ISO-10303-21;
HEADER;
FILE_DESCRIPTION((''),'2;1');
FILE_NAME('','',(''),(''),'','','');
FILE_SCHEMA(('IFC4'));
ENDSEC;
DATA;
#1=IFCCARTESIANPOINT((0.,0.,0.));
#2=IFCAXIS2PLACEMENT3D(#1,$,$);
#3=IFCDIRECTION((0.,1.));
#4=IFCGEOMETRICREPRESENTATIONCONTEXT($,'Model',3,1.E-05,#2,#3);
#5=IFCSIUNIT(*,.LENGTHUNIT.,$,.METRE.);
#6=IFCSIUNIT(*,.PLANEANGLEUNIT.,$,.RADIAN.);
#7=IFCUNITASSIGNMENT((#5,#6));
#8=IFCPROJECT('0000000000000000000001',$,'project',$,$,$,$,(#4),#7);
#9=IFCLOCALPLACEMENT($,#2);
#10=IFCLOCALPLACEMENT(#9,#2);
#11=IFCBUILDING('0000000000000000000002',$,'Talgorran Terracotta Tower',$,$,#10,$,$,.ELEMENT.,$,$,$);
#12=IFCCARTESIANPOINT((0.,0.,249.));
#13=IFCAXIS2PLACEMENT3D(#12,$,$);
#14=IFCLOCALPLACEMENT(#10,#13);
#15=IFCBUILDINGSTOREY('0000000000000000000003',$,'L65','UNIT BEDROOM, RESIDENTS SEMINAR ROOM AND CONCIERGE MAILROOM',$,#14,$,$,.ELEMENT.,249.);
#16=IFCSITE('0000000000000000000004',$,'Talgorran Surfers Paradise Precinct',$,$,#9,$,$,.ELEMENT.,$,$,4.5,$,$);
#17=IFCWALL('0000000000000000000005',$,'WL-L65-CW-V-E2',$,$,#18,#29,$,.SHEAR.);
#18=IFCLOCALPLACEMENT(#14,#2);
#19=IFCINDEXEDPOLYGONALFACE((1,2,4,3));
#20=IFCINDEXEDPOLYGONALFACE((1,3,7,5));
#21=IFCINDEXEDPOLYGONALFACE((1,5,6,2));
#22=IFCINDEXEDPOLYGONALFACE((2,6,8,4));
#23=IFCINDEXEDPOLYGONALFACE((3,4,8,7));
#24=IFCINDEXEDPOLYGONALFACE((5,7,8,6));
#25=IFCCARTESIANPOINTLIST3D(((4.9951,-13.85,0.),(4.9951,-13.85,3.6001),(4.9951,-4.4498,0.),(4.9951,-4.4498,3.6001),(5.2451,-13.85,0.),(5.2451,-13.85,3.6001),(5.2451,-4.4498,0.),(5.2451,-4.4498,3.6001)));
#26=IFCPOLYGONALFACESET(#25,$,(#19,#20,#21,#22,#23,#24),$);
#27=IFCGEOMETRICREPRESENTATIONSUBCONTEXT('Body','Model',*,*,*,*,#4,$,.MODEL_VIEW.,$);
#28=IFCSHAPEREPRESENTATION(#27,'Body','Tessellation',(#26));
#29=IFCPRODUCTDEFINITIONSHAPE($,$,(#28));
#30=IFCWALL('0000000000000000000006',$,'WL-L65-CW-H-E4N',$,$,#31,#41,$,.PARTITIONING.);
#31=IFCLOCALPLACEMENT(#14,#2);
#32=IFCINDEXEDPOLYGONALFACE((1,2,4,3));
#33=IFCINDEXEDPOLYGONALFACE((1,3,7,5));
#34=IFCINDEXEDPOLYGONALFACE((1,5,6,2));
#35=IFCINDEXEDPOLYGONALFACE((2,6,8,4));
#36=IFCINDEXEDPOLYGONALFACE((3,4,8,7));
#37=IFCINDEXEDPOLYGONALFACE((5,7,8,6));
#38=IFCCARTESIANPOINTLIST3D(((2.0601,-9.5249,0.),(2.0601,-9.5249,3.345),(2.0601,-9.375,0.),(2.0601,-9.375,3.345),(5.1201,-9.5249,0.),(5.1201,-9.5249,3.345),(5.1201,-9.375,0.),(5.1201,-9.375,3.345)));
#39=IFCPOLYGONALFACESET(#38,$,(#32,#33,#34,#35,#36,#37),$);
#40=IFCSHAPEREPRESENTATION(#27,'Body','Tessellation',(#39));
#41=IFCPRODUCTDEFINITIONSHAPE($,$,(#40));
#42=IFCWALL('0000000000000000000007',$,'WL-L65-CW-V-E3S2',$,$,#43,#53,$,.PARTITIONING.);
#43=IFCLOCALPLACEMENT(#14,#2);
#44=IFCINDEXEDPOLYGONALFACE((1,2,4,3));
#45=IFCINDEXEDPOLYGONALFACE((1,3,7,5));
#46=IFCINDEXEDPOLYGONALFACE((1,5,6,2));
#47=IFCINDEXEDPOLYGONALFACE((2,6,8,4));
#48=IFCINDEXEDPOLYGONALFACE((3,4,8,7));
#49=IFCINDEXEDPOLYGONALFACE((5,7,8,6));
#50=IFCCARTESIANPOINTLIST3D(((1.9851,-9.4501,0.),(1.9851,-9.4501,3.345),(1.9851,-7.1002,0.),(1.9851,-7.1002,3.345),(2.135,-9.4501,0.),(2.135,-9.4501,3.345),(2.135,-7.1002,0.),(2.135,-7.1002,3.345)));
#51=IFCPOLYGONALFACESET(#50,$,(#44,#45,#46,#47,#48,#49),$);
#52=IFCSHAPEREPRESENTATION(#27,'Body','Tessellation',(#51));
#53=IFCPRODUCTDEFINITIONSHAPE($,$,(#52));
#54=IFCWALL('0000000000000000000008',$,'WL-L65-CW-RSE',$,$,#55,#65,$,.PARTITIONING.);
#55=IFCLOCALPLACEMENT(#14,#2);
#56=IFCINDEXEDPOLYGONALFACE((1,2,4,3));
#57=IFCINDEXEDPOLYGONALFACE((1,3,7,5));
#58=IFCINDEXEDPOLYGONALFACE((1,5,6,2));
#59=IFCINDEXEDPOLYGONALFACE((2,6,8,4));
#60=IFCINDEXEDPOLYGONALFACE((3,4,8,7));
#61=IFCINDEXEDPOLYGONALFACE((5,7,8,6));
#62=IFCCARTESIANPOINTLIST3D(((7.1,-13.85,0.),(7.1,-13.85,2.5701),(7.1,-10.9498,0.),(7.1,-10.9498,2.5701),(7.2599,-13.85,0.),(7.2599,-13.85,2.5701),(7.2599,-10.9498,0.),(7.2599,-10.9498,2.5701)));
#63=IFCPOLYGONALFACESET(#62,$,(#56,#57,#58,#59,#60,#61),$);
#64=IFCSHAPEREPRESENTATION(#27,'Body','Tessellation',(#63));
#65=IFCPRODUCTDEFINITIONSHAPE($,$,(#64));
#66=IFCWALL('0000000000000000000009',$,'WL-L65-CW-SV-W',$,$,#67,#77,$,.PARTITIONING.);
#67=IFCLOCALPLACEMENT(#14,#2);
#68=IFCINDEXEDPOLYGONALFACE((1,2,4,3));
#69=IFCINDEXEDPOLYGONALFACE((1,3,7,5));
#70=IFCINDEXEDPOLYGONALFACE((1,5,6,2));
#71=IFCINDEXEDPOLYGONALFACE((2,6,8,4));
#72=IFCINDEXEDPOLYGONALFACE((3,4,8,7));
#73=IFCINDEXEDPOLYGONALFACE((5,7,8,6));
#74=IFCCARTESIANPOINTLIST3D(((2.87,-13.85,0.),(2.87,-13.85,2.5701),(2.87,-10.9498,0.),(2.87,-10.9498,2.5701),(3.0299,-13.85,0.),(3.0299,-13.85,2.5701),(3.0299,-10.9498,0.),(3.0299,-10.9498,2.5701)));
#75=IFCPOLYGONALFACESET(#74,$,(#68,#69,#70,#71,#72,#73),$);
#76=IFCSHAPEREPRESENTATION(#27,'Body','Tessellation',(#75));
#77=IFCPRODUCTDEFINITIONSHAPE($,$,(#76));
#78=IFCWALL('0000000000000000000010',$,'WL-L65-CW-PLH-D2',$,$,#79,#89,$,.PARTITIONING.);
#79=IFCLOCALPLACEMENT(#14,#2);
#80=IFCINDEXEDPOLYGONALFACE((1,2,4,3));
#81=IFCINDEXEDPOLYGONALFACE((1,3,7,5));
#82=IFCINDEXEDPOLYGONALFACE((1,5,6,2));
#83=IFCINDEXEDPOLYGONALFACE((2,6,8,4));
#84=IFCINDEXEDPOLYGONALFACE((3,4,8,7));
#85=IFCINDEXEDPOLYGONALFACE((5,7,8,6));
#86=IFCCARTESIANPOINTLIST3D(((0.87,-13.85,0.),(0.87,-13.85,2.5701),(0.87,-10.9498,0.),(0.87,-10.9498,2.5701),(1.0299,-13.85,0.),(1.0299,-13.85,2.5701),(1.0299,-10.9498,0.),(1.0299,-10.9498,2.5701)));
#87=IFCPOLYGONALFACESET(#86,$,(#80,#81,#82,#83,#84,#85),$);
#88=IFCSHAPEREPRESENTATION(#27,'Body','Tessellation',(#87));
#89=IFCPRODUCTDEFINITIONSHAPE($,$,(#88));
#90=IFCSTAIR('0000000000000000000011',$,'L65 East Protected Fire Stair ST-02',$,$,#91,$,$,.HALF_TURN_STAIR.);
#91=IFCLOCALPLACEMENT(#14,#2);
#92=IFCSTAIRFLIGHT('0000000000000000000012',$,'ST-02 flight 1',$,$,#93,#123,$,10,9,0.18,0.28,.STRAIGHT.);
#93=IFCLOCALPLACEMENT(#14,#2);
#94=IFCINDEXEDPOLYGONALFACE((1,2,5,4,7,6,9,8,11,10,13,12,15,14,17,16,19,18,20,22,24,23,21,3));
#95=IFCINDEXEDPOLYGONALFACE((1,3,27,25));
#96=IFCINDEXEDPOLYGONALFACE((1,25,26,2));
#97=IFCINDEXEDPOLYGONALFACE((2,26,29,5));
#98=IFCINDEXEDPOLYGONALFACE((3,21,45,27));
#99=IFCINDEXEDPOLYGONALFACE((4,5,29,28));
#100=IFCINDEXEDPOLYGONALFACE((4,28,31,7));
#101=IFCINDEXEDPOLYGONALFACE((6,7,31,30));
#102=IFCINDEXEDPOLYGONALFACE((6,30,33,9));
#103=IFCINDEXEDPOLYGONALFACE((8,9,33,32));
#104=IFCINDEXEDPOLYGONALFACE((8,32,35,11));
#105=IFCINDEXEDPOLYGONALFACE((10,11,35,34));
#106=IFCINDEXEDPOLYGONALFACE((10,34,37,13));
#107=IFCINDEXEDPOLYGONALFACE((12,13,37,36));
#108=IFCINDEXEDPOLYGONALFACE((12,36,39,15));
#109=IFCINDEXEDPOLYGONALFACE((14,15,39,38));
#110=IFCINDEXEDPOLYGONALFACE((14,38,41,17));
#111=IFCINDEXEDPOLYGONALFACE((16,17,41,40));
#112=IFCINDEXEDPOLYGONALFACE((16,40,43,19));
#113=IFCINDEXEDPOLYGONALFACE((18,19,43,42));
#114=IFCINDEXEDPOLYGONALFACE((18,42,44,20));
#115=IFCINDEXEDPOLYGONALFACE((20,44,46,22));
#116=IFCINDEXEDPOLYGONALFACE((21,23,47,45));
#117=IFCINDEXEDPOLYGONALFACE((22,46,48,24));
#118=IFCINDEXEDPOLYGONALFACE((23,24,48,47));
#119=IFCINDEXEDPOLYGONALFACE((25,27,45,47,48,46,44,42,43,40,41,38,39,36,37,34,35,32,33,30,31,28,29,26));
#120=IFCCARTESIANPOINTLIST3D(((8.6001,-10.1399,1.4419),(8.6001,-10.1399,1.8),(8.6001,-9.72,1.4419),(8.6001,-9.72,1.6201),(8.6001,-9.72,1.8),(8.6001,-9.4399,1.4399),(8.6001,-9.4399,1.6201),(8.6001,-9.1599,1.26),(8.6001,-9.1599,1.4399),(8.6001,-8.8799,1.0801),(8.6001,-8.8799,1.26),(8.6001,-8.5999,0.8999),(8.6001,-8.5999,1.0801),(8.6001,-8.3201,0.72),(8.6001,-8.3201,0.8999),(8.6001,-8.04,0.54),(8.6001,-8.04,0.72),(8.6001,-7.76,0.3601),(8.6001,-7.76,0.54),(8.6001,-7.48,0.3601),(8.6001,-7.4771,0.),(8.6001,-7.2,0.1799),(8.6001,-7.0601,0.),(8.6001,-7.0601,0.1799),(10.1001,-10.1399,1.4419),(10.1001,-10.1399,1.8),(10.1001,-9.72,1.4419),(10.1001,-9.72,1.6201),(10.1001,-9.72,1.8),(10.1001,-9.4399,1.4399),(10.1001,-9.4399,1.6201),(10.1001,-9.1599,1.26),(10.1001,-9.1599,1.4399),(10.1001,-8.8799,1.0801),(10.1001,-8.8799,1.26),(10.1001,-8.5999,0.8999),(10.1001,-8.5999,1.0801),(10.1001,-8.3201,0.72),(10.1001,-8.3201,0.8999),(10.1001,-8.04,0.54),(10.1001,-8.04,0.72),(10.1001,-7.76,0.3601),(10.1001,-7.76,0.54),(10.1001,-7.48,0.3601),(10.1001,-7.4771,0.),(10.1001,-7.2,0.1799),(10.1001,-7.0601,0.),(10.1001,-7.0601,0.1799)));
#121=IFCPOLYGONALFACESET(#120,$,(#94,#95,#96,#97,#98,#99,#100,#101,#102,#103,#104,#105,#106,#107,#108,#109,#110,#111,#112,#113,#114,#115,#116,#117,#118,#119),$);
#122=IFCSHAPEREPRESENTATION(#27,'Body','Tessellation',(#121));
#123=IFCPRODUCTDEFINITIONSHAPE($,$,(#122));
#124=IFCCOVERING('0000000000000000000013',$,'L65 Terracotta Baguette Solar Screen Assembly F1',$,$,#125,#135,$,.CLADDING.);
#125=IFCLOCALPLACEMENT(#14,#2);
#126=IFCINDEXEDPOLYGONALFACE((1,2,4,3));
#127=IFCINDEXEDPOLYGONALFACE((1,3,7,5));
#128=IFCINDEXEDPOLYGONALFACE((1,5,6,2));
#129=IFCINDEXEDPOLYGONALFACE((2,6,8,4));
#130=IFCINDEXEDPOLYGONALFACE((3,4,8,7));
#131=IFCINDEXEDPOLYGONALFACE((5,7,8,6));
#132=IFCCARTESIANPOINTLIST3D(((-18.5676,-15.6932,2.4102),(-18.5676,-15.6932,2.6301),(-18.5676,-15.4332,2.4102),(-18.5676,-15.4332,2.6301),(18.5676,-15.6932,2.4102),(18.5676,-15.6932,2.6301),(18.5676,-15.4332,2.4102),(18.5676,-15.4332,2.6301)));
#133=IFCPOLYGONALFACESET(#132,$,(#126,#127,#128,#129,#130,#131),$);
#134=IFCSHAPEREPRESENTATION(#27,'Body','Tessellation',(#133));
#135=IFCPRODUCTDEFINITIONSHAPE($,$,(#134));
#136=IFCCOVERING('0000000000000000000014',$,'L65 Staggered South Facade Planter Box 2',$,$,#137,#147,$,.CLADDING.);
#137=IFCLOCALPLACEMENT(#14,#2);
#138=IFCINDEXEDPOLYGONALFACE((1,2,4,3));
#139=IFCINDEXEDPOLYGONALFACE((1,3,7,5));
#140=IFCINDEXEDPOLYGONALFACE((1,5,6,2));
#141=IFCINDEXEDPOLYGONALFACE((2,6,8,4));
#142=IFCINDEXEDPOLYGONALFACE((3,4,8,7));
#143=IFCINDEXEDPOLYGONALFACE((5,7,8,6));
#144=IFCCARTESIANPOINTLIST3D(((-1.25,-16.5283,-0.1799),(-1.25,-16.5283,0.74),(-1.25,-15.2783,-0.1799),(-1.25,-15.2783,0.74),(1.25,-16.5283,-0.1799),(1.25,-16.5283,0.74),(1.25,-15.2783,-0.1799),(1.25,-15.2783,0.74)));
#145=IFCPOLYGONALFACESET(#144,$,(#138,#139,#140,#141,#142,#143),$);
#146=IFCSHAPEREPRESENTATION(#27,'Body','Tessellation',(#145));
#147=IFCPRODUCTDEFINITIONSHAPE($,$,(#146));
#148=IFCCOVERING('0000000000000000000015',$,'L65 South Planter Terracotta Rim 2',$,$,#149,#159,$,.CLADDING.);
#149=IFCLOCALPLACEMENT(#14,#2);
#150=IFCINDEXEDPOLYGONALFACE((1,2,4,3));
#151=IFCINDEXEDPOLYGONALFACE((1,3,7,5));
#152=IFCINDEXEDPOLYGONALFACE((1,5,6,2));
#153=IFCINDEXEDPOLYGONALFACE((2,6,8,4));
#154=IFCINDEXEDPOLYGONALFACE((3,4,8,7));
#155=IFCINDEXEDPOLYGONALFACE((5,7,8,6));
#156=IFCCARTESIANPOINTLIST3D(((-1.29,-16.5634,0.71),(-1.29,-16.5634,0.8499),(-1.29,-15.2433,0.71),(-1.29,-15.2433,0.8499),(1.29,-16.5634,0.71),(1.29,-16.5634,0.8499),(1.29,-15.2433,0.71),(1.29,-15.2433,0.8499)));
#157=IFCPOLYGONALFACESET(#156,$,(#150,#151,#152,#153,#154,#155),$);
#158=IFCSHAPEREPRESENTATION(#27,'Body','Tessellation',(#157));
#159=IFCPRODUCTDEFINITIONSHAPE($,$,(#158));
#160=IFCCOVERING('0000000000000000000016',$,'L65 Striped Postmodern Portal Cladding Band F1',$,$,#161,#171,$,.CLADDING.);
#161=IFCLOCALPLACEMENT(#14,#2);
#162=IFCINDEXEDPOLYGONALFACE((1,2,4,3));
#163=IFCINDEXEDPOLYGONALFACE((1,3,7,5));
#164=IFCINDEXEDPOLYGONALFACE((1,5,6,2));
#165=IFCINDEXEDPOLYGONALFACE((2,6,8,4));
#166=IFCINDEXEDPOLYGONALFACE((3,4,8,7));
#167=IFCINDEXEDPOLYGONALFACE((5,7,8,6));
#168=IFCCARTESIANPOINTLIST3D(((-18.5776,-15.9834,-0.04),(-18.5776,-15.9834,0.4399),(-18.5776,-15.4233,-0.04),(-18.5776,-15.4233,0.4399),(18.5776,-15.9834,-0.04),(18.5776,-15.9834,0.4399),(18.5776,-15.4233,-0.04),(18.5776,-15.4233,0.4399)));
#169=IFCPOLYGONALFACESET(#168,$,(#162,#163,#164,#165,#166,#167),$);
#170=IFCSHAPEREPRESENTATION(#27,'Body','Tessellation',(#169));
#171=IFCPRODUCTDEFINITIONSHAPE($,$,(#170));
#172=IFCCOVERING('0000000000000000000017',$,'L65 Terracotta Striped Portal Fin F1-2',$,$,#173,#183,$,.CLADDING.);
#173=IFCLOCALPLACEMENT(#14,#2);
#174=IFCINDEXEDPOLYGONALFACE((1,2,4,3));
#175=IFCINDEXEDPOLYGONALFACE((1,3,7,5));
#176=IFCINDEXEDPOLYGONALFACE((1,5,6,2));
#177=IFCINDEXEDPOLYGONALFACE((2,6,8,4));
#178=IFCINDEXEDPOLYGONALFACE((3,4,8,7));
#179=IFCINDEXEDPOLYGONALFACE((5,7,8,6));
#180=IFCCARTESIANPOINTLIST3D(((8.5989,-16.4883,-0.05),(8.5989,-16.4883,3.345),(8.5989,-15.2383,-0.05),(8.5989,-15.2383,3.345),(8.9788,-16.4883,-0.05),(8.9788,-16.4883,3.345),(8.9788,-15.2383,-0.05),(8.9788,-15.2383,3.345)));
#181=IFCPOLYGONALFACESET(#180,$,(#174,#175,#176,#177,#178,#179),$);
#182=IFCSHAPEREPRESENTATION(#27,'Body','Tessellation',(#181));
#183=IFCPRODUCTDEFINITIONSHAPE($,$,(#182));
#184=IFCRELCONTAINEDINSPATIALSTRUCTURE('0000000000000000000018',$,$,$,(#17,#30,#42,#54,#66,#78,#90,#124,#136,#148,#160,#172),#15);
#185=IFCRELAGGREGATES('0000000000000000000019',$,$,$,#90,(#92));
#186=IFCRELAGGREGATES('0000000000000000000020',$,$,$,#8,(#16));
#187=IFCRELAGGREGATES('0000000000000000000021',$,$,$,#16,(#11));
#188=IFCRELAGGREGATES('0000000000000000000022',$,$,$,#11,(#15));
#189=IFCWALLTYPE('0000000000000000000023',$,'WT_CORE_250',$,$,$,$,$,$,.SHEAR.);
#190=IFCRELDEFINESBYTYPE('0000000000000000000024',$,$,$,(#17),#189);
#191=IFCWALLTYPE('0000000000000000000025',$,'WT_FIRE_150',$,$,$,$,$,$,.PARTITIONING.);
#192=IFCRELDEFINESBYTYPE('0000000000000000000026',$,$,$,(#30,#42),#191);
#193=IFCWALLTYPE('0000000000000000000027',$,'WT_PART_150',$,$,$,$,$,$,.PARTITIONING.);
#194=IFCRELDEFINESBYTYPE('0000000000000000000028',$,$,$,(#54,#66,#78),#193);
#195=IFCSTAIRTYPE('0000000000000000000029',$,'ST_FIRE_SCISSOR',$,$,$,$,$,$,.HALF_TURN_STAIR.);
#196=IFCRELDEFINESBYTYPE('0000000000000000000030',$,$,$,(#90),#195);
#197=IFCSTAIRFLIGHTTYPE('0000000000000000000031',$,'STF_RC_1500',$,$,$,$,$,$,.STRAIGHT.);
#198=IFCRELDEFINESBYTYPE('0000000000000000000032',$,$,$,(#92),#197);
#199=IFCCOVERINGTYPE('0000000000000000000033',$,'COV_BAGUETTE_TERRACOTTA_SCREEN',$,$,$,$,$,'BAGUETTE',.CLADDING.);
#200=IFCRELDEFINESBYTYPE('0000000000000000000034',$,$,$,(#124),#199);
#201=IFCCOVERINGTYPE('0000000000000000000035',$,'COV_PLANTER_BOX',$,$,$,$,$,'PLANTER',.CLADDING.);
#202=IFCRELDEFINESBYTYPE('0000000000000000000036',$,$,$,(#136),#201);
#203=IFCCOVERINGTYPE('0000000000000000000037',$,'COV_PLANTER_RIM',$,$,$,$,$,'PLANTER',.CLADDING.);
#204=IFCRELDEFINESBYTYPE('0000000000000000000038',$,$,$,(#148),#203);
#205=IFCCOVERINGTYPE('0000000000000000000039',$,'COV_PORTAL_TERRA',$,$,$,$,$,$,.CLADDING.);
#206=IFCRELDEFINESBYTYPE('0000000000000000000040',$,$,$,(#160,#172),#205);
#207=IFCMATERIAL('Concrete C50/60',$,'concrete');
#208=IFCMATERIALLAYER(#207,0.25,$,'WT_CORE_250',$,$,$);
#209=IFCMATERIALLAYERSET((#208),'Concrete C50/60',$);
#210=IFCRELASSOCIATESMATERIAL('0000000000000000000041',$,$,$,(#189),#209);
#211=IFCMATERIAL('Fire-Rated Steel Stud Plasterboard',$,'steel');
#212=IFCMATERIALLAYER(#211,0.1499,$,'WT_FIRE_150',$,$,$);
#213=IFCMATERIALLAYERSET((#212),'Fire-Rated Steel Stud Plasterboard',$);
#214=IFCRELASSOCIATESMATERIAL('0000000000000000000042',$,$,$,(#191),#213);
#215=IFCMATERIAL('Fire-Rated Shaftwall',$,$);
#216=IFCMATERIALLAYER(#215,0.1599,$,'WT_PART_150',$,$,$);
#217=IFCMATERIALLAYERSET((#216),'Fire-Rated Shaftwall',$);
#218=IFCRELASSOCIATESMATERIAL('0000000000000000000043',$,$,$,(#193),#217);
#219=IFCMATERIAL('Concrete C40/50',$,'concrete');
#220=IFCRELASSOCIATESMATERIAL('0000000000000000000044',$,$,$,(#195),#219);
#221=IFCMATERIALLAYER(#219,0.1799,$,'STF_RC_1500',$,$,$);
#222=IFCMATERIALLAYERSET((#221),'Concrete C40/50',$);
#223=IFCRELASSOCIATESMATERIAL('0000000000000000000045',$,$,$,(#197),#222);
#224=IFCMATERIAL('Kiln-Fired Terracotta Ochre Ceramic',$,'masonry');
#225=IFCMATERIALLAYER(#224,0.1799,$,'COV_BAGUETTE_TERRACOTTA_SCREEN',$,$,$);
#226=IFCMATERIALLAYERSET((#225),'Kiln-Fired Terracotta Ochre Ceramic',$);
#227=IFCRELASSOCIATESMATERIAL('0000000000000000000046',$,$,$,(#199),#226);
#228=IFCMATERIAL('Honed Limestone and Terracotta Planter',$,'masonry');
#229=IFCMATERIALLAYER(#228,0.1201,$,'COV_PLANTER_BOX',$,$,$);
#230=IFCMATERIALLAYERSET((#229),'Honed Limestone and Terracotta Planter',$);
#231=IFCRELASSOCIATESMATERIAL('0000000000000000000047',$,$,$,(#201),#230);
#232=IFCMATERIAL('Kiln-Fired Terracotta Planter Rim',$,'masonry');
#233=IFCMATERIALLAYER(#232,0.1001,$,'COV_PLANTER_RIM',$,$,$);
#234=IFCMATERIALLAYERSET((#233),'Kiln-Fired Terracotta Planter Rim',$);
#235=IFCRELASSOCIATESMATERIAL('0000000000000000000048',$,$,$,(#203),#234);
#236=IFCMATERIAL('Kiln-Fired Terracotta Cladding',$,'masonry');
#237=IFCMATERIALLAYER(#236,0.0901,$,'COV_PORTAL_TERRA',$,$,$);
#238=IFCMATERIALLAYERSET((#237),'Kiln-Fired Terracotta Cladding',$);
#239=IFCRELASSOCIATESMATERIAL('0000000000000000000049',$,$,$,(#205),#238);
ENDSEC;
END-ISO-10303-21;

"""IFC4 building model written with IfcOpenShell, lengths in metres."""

from ifc_helpers import new_model, si_unit, direction, frame, frame_2d, origin, origin_2d, place, context, subcontext, project, spatial, polyline, rectangle, outline, extrude, material, layer, layer_set, type_object, element, aggregate, save


model = new_model("IFC4")

# Units and contexts
model_context = context("Model", 3, precision=1e-05, world=origin(), true_north=direction((0.0, 1.0)))
body_context = subcontext(model_context, "Body", "Model", "MODEL_VIEW")
ifc_project = project(units=[si_unit("LENGTHUNIT", "METRE"), si_unit("PLANEANGLEUNIT", "RADIAN")], contexts=[model_context])

# Site, building, storey
site_placement = place(None, origin())
site = spatial("IfcSite", under=ifc_project, at=site_placement, Name="Talgorran Surfers Paradise Precinct", CompositionType="ELEMENT", RefElevation=4.5)
building_placement = place(site_placement, origin())
building = spatial("IfcBuilding", under=site, at=building_placement, Name="Talgorran Terracotta Tower", CompositionType="ELEMENT")
storey_placement = place(building_placement, frame((0.0, 0.0, 249.0)))
storey = spatial("IfcBuildingStorey", under=building, at=storey_placement, Name="L65", Description="UNIT BEDROOM, RESIDENTS SEMINAR ROOM AND CONCIERGE MAILROOM", CompositionType="ELEMENT", Elevation=249.0)

# Shared definitions
ifc_material_1 = material(Name="Concrete C50/60", Category="concrete")

# Shared definitions
ifc_layer_1 = layer(ifc_material_1, 0.25, Name="WT_CORE_250")
ifc_layer_set_1 = layer_set([ifc_layer_1], Name="Concrete C50/60")
wall_type_1 = type_object("IfcWallType", Name="WT_CORE_250", PredefinedType="SHEAR", material=ifc_layer_set_1)

# Walls
wall_1_placement = place(storey_placement, frame((5.1201, -13.8501, 0.0), z_axis=(0.0, 0.0, 1.0), x_axis=(0.0, 1.0, 0.0)))
element("IfcWall", 1, at=wall_1_placement, inside=storey, type_object=wall_type_1, Name="WL-L65-CW-V-E2", PredefinedType="SHEAR", context=body_context, shape_type="SweptSolid", body=[
    extrude(rectangle(XDim=9.4001, YDim=0.25, at=frame_2d((4.7002, 0.0))), origin(), (0.0, 0.0, 1.0), 3.6001),
])
ifc_material_2 = material(Name="Fire-Rated Steel Stud Plasterboard", Category="steel")
ifc_layer_2 = layer(ifc_material_2, 0.1499, Name="WT_FIRE_150")
ifc_layer_set_2 = layer_set([ifc_layer_2], Name="Fire-Rated Steel Stud Plasterboard")
wall_type_2 = type_object("IfcWallType", Name="WT_FIRE_150", PredefinedType="PARTITIONING", material=ifc_layer_set_2)
wall_2_placement = place(storey_placement, frame((2.0601, -9.45, 0.0), z_axis=(0.0, 0.0, 1.0), x_axis=(1.0, 0.0, 0.0)))
element("IfcWall", 2, at=wall_2_placement, inside=storey, type_object=wall_type_2, Name="WL-L65-CW-H-E4N", PredefinedType="PARTITIONING", context=body_context, shape_type="SweptSolid", body=[
    extrude(rectangle(XDim=3.0601, YDim=0.1499, at=frame_2d((1.53, 0.0))), origin(), (0.0, 0.0, 1.0), 3.345),
])
wall_3_placement = place(storey_placement, frame((2.0601, -9.45, 0.0), z_axis=(0.0, 0.0, 1.0), x_axis=(0.0, 1.0, 0.0)))
element("IfcWall", 3, at=wall_3_placement, inside=storey, type_object=wall_type_2, Name="WL-L65-CW-V-E3S2", PredefinedType="PARTITIONING", context=body_context, shape_type="SweptSolid", body=[
    extrude(rectangle(XDim=2.3499, YDim=0.1499, at=frame_2d((1.1748, 0.0))), origin(), (0.0, 0.0, 1.0), 3.345),
])
ifc_material_3 = material(Name="Fire-Rated Shaftwall")
ifc_layer_3 = layer(ifc_material_3, 0.1599, Name="WT_PART_150")
ifc_layer_set_3 = layer_set([ifc_layer_3], Name="Fire-Rated Shaftwall")
wall_type_3 = type_object("IfcWallType", Name="WT_PART_150", PredefinedType="PARTITIONING", material=ifc_layer_set_3)
for number, where, z_axis, x_axis, name in (
    (4, (7.1799, -13.8501, 0.0), (0.0, 0.0, 1.0), (0.0, 1.0, 0.0), "WL-L65-CW-RSE"),
    (5, (2.95, -13.8501, 0.0), (0.0, 0.0, 1.0), (0.0, 1.0, 0.0), "WL-L65-CW-SV-W"),
    (6, (0.95, -13.8501, 0.0), (0.0, 0.0, 1.0), (0.0, 1.0, 0.0), "WL-L65-CW-PLH-D2"),
):
    element("IfcWall", number, at=place(storey_placement, frame(where, z_axis=z_axis, x_axis=x_axis)), inside=storey, type_object=wall_type_3, Name=name, PredefinedType="PARTITIONING", context=body_context, shape_type="SweptSolid", body=[
        extrude(rectangle(XDim=2.9001, YDim=0.1599, at=frame_2d((1.4502, 0.0))), origin(), (0.0, 0.0, 1.0), 2.5701),
    ])

# Stair, stair flight
ifc_material_4 = material(Name="Concrete C40/50", Category="concrete")
stair_type = type_object("IfcStairType", Name="ST_FIRE_SCISSOR", PredefinedType="HALF_TURN_STAIR", material=ifc_material_4)
stair_placement = place(storey_placement, origin())
stair = element("IfcStair", 7, at=stair_placement, inside=storey, type_object=stair_type, Name="L65 East Protected Fire Stair ST-02", PredefinedType="HALF_TURN_STAIR")
ifc_layer_4 = layer(ifc_material_4, 0.1799, Name="STF_RC_1500")
ifc_layer_set_4 = layer_set([ifc_layer_4], Name="Concrete C40/50")
stair_flight_type = type_object("IfcStairFlightType", Name="STF_RC_1500", PredefinedType="STRAIGHT", material=ifc_layer_set_4)
stair_flight_placement = place(storey_placement, frame((9.3501, -7.2, 0.0), z_axis=(0.0, 0.0, 1.0), x_axis=(0.0, -1.0, 0.0)))
stair_flight = element("IfcStairFlight", 8, at=stair_flight_placement, type_object=stair_flight_type, Name="ST-02 flight 1", NumberOfRisers=10, NumberOfTreads=9, PredefinedType="STRAIGHT", RiserHeight=0.18, TreadLength=0.28, context=body_context, shape_type="SweptSolid", body=[
    extrude(outline(polyline([(-0.1399, 0.0), (-0.1399, 0.1799), (0.0, 0.1799), (0.28, 0.3601), (0.5601, 0.3601), (0.5601, 0.54), (0.8401, 0.54), (0.8401, 0.72), (1.1201, 0.72), (1.1201, 0.8999), (1.3999, 0.8999), (1.3999, 1.0801), (1.6799, 1.0801), (1.6799, 1.26), (1.96, 1.26), (1.96, 1.4399), (2.24, 1.4399), (2.24, 1.6201), (2.52, 1.6201), (2.52, 1.8), (2.9399, 1.8), (2.9399, 1.4419), (2.52, 1.4419), (0.2771, 0.0), (-0.1399, 0.0)])), frame((0.0, 0.75, 0.0), z_axis=(0.0, -1.0, 0.0), x_axis=(1.0, 0.0, 0.0)), (0.0, 0.0, 1.0), 1.5),
])
aggregate(stair, [stair_flight])

# Coverings
ifc_material_5 = material(Name="Kiln-Fired Terracotta Ochre Ceramic", Category="masonry")
ifc_layer_5 = layer(ifc_material_5, 0.1799, Name="COV_BAGUETTE_TERRACOTTA_SCREEN")
ifc_layer_set_5 = layer_set([ifc_layer_5], Name="Kiln-Fired Terracotta Ochre Ceramic")
covering_type_1 = type_object("IfcCoveringType", Name="COV_BAGUETTE_TERRACOTTA_SCREEN", ElementType="BAGUETTE", PredefinedType="CLADDING", material=ifc_layer_set_5)
covering_1_placement = place(storey_placement, frame((0.0, -15.5632, 2.4102), z_axis=(0.0, 0.0, 1.0), x_axis=(1.0, 0.0, 0.0)))
element("IfcCovering", 9, at=covering_1_placement, inside=storey, type_object=covering_type_1, Name="L65 Terracotta Baguette Solar Screen Assembly F1", PredefinedType="CLADDING", context=body_context, shape_type="SweptSolid", body=[
    extrude(rectangle(XDim=37.1353, YDim=0.26, at=origin_2d()), origin(), (0.0, 0.0, 1.0), 0.22),
])
ifc_material_6 = material(Name="Honed Limestone and Terracotta Planter", Category="masonry")
ifc_layer_6 = layer(ifc_material_6, 0.1201, Name="COV_PLANTER_BOX")
ifc_layer_set_6 = layer_set([ifc_layer_6], Name="Honed Limestone and Terracotta Planter")
covering_type_2 = type_object("IfcCoveringType", Name="COV_PLANTER_BOX", ElementType="PLANTER", PredefinedType="CLADDING", material=ifc_layer_set_6)
covering_2_placement = place(storey_placement, frame((0.0, -15.9033, -0.1799), z_axis=(0.0, 0.0, 1.0), x_axis=(1.0, 0.0, 0.0)))
element("IfcCovering", 10, at=covering_2_placement, inside=storey, type_object=covering_type_2, Name="L65 Staggered South Facade Planter Box 2", PredefinedType="CLADDING", context=body_context, shape_type="SweptSolid", body=[
    extrude(rectangle(XDim=2.5, YDim=1.25, at=origin_2d()), origin(), (0.0, 0.0, 1.0), 0.9199),
])
ifc_material_7 = material(Name="Kiln-Fired Terracotta Planter Rim", Category="masonry")
ifc_layer_7 = layer(ifc_material_7, 0.1001, Name="COV_PLANTER_RIM")
ifc_layer_set_7 = layer_set([ifc_layer_7], Name="Kiln-Fired Terracotta Planter Rim")
covering_type_3 = type_object("IfcCoveringType", Name="COV_PLANTER_RIM", ElementType="PLANTER", PredefinedType="CLADDING", material=ifc_layer_set_7)
covering_3_placement = place(storey_placement, frame((0.0, -15.9033, 0.71), z_axis=(0.0, 0.0, 1.0), x_axis=(1.0, 0.0, 0.0)))
element("IfcCovering", 11, at=covering_3_placement, inside=storey, type_object=covering_type_3, Name="L65 South Planter Terracotta Rim 2", PredefinedType="CLADDING", context=body_context, shape_type="SweptSolid", body=[
    extrude(rectangle(XDim=2.5801, YDim=1.3201, at=origin_2d()), origin(), (0.0, 0.0, 1.0), 0.1399),
])
ifc_material_8 = material(Name="Kiln-Fired Terracotta Cladding", Category="masonry")
ifc_layer_8 = layer(ifc_material_8, 0.0901, Name="COV_PORTAL_TERRA")
ifc_layer_set_8 = layer_set([ifc_layer_8], Name="Kiln-Fired Terracotta Cladding")
covering_type_4 = type_object("IfcCoveringType", Name="COV_PORTAL_TERRA", PredefinedType="CLADDING", material=ifc_layer_set_8)
covering_4_placement = place(storey_placement, frame((0.0, -15.7034, -0.04), z_axis=(0.0, 0.0, 1.0), x_axis=(1.0, 0.0, 0.0)))
element("IfcCovering", 12, at=covering_4_placement, inside=storey, type_object=covering_type_4, Name="L65 Striped Postmodern Portal Cladding Band F1", PredefinedType="CLADDING", context=body_context, shape_type="SweptSolid", body=[
    extrude(rectangle(XDim=37.1553, YDim=0.5601, at=origin_2d()), origin(), (0.0, 0.0, 1.0), 0.48),
])
covering_5_placement = place(storey_placement, frame((8.7888, -15.8633, -0.05), z_axis=(0.0, 0.0, 1.0), x_axis=(1.0, 0.0, 0.0)))
element("IfcCovering", 13, at=covering_5_placement, inside=storey, type_object=covering_type_4, Name="L65 Terracotta Striped Portal Fin F1-2", PredefinedType="CLADDING", context=body_context, shape_type="SweptSolid", body=[
    extrude(rectangle(XDim=0.3799, YDim=1.25, at=origin_2d()), origin(), (0.0, 0.0, 1.0), 3.395),
])

save(model, "model.ifc")
